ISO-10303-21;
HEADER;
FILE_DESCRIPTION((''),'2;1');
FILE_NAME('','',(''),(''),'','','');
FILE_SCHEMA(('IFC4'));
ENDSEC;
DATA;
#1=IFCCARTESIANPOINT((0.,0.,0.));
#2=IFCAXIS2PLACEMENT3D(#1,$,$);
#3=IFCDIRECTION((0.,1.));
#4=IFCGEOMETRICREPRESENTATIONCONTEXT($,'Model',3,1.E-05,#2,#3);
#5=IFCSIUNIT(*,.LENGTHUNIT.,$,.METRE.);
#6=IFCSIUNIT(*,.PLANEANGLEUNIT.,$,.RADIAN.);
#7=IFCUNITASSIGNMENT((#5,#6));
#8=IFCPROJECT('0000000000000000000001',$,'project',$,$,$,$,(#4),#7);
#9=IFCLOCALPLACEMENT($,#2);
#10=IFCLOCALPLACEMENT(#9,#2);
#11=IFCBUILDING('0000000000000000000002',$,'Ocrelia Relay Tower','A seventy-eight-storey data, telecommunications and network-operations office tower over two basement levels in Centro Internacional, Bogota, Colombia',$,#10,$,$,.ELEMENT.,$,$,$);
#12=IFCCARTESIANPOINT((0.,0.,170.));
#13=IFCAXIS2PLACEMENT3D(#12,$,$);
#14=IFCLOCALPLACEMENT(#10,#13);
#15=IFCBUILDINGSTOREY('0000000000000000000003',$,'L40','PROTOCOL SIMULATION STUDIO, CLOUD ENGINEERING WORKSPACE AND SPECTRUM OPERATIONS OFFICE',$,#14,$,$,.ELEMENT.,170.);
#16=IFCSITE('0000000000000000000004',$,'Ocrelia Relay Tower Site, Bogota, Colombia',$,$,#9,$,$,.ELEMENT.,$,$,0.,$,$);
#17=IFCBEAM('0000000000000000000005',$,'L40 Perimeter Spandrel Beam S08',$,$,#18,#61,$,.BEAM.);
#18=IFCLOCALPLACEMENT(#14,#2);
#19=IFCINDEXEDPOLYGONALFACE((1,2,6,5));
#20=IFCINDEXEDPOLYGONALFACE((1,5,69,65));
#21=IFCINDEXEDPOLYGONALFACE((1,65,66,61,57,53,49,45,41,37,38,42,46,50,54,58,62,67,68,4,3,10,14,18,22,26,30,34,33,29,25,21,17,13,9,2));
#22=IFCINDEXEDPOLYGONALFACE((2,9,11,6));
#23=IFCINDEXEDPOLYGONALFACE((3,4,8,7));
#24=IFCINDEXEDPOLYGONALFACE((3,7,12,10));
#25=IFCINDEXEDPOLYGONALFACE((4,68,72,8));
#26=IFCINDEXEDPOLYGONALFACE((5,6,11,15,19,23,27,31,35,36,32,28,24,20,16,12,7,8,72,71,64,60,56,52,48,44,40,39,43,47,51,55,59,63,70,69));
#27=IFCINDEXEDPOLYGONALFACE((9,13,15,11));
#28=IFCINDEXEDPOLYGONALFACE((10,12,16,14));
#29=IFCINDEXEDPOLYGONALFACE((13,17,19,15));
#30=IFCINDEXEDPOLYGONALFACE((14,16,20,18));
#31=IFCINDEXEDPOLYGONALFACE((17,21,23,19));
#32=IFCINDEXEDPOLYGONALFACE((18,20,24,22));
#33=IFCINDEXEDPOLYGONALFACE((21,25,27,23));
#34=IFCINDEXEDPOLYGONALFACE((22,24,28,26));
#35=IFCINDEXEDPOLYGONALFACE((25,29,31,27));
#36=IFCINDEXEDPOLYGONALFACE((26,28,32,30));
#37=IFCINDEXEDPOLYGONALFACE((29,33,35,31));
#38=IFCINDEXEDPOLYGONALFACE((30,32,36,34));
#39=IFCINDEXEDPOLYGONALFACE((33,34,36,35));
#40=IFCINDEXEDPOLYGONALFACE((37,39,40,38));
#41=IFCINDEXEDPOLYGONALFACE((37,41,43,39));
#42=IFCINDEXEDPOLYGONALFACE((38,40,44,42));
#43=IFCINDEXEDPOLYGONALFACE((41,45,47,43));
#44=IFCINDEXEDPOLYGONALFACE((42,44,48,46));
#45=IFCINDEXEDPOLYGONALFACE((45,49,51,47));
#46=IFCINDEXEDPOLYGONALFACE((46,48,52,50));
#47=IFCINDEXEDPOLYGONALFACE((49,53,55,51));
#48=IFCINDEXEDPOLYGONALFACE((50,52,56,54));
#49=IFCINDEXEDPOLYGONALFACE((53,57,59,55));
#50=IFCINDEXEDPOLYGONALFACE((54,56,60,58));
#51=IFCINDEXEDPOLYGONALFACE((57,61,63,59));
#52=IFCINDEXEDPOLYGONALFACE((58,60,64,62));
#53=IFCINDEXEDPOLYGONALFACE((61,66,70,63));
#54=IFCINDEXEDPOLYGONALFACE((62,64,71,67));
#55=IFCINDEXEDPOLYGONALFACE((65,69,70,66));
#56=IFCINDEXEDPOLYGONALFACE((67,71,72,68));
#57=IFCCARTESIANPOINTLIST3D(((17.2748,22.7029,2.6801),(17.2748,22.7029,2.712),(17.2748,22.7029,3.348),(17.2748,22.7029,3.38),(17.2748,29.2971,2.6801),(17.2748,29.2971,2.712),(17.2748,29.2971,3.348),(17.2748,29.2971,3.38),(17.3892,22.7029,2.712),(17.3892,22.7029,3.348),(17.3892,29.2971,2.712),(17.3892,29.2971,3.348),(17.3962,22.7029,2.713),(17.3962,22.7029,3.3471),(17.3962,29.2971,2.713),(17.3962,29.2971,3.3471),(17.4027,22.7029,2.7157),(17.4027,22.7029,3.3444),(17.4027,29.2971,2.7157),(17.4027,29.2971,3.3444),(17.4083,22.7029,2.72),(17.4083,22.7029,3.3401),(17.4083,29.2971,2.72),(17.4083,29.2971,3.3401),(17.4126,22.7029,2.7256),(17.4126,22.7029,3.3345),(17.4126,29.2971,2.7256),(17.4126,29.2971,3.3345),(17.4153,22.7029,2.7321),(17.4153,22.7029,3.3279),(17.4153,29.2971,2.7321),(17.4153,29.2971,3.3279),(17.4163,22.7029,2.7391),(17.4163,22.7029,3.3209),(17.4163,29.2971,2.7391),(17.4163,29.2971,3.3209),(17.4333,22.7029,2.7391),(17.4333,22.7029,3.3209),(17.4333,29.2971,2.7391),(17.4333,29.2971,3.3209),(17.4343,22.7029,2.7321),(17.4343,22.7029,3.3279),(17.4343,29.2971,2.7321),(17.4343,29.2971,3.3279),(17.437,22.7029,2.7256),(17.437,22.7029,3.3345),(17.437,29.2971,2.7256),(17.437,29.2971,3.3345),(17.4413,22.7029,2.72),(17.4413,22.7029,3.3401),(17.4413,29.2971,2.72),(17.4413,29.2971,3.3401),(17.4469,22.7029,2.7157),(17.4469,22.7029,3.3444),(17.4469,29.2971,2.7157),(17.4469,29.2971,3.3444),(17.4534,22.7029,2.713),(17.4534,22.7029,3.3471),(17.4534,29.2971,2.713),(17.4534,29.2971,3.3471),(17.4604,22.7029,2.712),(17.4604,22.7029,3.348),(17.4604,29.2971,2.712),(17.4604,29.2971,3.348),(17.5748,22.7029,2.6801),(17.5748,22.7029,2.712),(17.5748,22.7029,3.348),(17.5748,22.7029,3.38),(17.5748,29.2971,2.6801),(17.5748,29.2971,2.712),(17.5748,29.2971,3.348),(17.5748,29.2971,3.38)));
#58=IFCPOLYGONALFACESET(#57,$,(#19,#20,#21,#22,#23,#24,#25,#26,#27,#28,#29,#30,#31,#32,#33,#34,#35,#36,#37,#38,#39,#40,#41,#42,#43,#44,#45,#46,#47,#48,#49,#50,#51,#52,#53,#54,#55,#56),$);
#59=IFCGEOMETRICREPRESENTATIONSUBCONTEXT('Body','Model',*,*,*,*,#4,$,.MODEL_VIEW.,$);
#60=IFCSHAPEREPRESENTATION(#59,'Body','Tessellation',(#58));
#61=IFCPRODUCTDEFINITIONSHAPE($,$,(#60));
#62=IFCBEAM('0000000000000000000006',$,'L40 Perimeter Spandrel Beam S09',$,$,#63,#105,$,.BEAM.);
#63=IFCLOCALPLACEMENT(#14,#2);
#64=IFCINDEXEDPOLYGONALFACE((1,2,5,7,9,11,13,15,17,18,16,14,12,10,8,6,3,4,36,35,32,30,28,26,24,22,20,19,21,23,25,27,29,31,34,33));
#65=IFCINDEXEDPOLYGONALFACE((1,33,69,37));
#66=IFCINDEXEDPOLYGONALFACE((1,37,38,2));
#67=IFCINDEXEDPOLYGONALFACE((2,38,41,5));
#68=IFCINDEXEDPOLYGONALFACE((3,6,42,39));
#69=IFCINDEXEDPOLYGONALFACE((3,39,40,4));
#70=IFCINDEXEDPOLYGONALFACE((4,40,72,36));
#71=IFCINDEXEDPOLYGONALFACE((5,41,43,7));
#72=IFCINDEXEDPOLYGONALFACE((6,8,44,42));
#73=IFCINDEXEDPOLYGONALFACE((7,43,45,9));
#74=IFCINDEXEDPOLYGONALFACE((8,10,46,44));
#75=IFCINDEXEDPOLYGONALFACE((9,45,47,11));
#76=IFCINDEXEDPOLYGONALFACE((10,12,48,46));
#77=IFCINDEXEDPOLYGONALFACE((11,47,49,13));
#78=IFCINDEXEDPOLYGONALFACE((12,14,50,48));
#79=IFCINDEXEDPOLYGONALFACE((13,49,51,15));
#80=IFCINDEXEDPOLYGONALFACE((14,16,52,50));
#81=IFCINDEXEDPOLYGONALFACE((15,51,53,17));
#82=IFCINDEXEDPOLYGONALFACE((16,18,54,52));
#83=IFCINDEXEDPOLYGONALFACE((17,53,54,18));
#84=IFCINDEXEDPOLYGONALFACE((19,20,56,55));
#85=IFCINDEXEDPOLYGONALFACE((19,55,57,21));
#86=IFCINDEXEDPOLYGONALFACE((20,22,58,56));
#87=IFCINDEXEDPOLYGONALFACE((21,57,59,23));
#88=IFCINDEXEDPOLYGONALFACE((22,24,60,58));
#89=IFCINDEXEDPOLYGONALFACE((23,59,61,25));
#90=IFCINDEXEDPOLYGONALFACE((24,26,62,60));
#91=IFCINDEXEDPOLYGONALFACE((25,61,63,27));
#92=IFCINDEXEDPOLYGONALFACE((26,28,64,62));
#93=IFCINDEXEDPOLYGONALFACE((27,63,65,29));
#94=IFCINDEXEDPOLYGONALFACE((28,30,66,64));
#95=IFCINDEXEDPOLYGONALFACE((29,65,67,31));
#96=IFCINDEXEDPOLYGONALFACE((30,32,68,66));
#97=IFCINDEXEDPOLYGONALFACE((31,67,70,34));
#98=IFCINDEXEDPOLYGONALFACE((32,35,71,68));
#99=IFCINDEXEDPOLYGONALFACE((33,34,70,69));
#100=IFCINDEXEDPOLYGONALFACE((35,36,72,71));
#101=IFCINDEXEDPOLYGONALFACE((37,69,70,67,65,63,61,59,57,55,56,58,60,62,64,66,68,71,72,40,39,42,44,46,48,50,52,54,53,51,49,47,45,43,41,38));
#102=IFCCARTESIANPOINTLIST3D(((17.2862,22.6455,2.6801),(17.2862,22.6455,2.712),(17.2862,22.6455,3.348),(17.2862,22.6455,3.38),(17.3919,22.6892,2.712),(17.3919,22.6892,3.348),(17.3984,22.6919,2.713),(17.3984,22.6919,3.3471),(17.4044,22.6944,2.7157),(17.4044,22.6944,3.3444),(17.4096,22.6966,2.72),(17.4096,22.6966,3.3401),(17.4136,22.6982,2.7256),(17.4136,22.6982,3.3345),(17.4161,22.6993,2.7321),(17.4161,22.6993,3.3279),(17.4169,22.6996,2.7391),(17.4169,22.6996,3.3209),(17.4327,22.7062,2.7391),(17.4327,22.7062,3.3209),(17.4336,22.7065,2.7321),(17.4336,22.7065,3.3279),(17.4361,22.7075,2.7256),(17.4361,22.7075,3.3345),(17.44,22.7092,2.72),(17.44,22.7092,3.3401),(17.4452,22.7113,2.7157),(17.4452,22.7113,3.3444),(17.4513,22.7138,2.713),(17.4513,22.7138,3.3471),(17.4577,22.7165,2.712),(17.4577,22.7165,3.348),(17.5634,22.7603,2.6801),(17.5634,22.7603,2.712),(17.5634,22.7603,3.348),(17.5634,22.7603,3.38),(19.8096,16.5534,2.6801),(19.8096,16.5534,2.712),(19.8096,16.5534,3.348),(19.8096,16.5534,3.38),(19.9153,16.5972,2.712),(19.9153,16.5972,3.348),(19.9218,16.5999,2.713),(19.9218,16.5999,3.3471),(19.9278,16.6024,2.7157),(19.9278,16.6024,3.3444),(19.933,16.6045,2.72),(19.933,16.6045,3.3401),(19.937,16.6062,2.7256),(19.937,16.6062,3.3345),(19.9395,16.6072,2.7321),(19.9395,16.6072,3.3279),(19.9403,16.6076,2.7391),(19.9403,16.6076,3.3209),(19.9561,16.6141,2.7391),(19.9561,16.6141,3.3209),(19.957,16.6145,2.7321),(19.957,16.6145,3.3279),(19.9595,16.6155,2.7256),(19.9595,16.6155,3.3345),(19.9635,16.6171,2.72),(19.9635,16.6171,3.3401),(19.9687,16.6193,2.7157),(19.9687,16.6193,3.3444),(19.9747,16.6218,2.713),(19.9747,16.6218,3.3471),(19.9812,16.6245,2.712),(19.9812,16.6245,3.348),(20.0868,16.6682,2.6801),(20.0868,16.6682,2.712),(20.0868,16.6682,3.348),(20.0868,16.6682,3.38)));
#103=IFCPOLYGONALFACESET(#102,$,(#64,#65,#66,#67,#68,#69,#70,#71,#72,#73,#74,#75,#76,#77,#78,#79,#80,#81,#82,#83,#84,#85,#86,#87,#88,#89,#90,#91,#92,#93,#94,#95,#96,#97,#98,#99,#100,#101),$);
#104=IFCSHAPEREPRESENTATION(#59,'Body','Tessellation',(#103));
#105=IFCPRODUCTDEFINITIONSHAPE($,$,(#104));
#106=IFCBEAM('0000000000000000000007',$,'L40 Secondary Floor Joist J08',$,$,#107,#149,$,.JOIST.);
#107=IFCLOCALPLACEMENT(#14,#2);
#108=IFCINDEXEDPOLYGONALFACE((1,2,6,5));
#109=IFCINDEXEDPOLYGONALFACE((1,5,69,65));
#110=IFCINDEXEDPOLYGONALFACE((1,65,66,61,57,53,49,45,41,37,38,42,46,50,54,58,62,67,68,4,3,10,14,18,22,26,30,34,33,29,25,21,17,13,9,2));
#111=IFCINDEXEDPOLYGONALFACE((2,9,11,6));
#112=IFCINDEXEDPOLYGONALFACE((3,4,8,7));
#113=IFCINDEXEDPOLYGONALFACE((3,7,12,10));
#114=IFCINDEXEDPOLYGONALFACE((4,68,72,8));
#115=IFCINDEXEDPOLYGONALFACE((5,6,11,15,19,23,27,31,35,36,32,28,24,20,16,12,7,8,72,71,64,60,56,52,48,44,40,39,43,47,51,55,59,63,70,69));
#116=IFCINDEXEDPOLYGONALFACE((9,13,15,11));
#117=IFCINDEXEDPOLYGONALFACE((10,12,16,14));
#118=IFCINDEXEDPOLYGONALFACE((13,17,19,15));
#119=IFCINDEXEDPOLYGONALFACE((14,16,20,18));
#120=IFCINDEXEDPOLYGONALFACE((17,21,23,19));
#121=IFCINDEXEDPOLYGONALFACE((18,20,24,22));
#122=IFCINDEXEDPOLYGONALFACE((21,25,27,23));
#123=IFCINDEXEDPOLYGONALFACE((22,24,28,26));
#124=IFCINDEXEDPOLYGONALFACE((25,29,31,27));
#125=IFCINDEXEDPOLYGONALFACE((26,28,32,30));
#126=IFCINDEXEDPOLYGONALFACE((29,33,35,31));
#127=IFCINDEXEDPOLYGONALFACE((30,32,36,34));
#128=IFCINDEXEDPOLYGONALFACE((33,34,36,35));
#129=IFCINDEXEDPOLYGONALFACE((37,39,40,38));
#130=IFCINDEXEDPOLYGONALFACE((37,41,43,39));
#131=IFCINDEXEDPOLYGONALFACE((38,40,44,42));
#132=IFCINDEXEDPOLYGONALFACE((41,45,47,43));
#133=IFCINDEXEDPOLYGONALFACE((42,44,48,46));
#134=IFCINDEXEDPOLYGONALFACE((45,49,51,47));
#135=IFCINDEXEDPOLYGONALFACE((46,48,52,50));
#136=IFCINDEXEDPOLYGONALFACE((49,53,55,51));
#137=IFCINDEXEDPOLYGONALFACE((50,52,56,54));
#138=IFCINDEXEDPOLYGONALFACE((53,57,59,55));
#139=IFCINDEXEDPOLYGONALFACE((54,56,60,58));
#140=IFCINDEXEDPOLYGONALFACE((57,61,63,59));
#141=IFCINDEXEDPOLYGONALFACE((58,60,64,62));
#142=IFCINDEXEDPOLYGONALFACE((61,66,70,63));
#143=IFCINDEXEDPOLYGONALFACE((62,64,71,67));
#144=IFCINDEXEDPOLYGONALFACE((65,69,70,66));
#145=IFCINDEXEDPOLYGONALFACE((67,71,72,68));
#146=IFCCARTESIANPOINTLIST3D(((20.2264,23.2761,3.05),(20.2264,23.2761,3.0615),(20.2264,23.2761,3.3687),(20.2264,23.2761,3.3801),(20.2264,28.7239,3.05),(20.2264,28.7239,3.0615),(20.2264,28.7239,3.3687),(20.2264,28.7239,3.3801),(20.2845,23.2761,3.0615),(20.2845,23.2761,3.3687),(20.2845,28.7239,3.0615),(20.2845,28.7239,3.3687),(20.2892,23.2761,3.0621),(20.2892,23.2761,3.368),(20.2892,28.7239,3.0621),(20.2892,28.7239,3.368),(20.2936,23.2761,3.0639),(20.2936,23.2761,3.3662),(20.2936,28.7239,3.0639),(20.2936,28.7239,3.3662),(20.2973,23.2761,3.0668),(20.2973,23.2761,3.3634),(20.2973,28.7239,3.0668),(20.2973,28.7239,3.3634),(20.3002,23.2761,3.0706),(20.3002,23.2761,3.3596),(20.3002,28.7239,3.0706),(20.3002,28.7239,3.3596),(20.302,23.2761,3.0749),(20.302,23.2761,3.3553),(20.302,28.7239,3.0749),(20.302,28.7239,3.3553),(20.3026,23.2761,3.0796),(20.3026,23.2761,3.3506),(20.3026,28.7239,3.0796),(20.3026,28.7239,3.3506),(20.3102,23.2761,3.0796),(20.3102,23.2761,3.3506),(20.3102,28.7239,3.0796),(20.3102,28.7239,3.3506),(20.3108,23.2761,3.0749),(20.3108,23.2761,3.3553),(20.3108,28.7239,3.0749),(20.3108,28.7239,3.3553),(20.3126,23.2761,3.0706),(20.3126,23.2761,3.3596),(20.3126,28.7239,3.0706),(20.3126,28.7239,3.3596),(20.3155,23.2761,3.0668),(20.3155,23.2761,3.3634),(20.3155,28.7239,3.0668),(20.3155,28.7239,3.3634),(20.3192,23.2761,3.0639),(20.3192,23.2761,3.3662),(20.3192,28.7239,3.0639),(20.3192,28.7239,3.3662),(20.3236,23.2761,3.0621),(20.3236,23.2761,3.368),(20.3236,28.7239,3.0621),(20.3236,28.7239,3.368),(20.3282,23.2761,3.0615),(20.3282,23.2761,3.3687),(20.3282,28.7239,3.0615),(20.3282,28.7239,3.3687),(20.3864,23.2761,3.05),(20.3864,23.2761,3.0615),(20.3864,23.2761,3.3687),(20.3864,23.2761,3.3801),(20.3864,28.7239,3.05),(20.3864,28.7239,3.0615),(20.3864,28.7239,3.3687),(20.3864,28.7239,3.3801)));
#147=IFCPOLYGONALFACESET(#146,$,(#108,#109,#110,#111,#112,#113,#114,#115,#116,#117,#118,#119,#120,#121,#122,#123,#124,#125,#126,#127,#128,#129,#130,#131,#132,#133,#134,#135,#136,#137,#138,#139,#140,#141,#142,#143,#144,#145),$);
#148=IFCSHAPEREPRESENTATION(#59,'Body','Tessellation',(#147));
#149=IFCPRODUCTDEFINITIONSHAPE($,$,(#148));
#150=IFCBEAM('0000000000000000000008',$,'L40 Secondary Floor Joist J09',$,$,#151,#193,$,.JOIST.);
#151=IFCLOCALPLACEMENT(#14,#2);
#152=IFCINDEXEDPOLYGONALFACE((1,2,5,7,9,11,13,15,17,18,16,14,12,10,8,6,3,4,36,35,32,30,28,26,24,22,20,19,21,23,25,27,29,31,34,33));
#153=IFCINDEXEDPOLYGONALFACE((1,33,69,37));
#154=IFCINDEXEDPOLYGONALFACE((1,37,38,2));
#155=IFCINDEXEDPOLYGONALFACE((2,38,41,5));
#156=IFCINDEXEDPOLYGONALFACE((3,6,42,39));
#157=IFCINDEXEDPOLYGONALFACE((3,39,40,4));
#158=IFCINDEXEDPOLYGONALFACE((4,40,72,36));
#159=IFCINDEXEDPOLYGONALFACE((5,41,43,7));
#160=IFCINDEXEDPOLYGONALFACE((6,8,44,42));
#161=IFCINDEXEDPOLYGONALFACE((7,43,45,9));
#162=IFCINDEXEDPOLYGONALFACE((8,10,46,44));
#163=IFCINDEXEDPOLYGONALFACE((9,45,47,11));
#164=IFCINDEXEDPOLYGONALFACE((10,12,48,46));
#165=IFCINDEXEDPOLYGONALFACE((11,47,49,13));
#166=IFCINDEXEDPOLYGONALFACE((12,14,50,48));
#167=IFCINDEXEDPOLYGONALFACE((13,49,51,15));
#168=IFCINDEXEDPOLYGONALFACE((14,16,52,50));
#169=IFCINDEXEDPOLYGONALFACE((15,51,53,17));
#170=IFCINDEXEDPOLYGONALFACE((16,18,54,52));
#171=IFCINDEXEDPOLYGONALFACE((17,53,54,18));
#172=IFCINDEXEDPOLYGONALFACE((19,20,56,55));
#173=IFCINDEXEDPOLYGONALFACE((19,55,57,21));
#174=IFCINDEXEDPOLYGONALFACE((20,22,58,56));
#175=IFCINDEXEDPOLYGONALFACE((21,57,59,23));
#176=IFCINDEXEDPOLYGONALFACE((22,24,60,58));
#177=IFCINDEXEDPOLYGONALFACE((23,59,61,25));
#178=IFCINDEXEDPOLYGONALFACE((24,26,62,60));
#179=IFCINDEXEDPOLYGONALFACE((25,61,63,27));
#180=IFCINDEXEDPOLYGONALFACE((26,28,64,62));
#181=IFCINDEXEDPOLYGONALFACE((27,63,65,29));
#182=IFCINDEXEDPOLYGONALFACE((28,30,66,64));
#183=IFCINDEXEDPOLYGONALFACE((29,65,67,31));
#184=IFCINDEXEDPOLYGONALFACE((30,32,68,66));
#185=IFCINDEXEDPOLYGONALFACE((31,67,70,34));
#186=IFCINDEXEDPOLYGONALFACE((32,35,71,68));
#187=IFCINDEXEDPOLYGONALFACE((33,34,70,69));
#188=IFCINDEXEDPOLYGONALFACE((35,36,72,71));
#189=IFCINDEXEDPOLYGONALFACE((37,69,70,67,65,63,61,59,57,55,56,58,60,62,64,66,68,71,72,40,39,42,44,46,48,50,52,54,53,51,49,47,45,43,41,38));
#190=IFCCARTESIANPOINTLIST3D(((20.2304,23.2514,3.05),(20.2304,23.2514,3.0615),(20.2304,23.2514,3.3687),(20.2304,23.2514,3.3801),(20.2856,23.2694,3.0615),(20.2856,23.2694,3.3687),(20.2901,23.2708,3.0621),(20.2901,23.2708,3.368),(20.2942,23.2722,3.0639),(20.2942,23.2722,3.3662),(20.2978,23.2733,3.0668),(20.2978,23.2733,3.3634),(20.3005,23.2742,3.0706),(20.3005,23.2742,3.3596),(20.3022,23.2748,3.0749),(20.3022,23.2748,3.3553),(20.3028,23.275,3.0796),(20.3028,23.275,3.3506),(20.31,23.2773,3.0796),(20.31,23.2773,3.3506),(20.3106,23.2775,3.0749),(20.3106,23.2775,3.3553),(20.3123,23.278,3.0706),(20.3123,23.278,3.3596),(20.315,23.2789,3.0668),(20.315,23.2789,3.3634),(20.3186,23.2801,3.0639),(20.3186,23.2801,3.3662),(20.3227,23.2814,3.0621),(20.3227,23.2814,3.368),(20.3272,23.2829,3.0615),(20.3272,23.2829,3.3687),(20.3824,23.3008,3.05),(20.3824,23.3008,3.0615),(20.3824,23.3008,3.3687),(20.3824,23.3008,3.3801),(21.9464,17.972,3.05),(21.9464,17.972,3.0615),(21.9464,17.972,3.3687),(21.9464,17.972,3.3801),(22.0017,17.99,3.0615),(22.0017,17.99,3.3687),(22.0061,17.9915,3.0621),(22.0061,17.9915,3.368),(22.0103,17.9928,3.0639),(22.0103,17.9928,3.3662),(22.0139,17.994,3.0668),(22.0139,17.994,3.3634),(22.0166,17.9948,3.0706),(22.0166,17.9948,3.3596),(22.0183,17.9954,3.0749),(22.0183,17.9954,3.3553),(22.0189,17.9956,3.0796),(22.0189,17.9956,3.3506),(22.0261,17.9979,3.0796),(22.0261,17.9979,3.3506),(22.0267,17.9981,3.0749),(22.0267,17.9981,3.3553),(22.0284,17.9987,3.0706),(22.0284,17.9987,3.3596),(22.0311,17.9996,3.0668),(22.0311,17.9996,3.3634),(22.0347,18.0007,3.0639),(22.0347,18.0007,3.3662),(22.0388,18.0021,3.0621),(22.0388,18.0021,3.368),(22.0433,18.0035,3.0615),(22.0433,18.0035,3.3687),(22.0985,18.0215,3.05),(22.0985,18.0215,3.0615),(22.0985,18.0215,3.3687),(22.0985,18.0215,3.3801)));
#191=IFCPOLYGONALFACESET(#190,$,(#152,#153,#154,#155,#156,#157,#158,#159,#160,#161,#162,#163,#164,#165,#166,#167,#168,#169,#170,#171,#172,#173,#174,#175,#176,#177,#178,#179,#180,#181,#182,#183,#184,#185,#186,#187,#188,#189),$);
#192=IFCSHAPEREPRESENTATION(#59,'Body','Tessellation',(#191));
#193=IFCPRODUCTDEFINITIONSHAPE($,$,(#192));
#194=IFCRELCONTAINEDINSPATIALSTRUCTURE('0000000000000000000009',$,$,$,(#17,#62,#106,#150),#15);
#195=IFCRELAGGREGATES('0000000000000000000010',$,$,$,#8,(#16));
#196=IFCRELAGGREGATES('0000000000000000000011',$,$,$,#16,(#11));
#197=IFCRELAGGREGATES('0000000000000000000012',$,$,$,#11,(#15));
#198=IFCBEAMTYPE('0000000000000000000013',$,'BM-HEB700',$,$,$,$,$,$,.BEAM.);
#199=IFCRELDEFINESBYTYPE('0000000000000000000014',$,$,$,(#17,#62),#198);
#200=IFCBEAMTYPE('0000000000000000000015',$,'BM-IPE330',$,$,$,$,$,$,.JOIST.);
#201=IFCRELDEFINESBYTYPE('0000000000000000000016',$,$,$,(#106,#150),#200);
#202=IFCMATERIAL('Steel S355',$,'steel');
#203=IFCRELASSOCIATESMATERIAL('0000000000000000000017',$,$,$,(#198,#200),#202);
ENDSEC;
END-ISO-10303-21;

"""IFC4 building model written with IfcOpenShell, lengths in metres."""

from ifc_helpers import new_model, si_unit, direction, frame, origin, origin_2d, place, context, subcontext, project, spatial, i_section, extrude, material, material_profile, profile_set, type_object, element, save


model = new_model("IFC4")

# Units and contexts
model_context = context("Model", 3, precision=1e-05, world=origin(), true_north=direction((0.0, 1.0)))
body_context = subcontext(model_context, "Body", "Model", "MODEL_VIEW")
ifc_project = project(units=[si_unit("LENGTHUNIT", "METRE"), si_unit("PLANEANGLEUNIT", "RADIAN")], contexts=[model_context])

# Site, building, storey
site_placement = place(None, origin())
site = spatial("IfcSite", under=ifc_project, at=site_placement, Name="Ocrelia Relay Tower Site, Bogota, Colombia", CompositionType="ELEMENT", RefElevation=0.0)
building_placement = place(site_placement, origin())
building = spatial("IfcBuilding", under=site, at=building_placement, Name="Ocrelia Relay Tower", Description="A seventy-eight-storey data, telecommunications and network-operations office tower over two basement levels in Centro Internacional, Bogota, Colombia", CompositionType="ELEMENT")
storey_placement = place(building_placement, frame((0.0, 0.0, 170.0)))
storey = spatial("IfcBuildingStorey", under=building, at=storey_placement, Name="L40", Description="PROTOCOL SIMULATION STUDIO, CLOUD ENGINEERING WORKSPACE AND SPECTRUM OPERATIONS OFFICE", CompositionType="ELEMENT", Elevation=170.0)

# Beams
ifc_material_1 = material(Name="Steel S355", Category="steel")
ifc_material_profile_1 = material_profile(ifc_material_1, i_section(OverallWidth=0.3, OverallDepth=0.7, WebThickness=0.0171, FlangeThickness=0.032, FilletRadius=0.0271, at=origin_2d()), Name="HEB 700")
ifc_profile_set_1 = profile_set([ifc_material_profile_1], Name="Steel S355")
beam_type_1 = type_object("IfcBeamType", Name="BM-HEB700", PredefinedType="BEAM", material=ifc_profile_set_1)
beam_1_placement = place(storey_placement, frame((17.4248, 29.2971, 3.03), z_axis=(0.0, -1.0, 0.0), x_axis=(1.0, 0.0, 0.0)))
element("IfcBeam", 1, at=beam_1_placement, inside=storey, type_object=beam_type_1, Name="L40 Perimeter Spandrel Beam S08", PredefinedType="BEAM", context=body_context, shape_type="SweptSolid", body=[
    extrude(i_section(OverallWidth=0.3, OverallDepth=0.7, WebThickness=0.0171, FlangeThickness=0.032, FilletRadius=0.0271, at=origin_2d()), origin(), (0.0, 0.0, 1.0), 6.5942),
])
beam_2_placement = place(storey_placement, frame((17.4248, 22.7029, 3.03), z_axis=(0.382688, -0.923878, 0.0), x_axis=(0.923878, 0.382688, 0.0)))
element("IfcBeam", 2, at=beam_2_placement, inside=storey, type_object=beam_type_1, Name="L40 Perimeter Spandrel Beam S09", PredefinedType="BEAM", context=body_context, shape_type="SweptSolid", body=[
    extrude(i_section(OverallWidth=0.3, OverallDepth=0.7, WebThickness=0.0171, FlangeThickness=0.032, FilletRadius=0.0271, at=origin_2d()), origin(), (0.0, 0.0, 1.0), 6.594),
])
ifc_material_profile_2 = material_profile(ifc_material_1, i_section(OverallWidth=0.1599, OverallDepth=0.3301, WebThickness=0.0076, FlangeThickness=0.0115, FilletRadius=0.0181, at=origin_2d()), Name="IPE 330")
ifc_profile_set_2 = profile_set([ifc_material_profile_2], Name="Steel S355")
beam_type_2 = type_object("IfcBeamType", Name="BM-IPE330", PredefinedType="JOIST", material=ifc_profile_set_2)
beam_3_placement = place(storey_placement, frame((20.3064, 28.7239, 3.2151), z_axis=(0.0, -1.0, 0.0), x_axis=(1.0, 0.0, 0.0)))
element("IfcBeam", 3, at=beam_3_placement, inside=storey, type_object=beam_type_2, Name="L40 Secondary Floor Joist J08", PredefinedType="JOIST", context=body_context, shape_type="SweptSolid", body=[
    extrude(i_section(OverallWidth=0.1599, OverallDepth=0.3301, WebThickness=0.0076, FlangeThickness=0.0115, FilletRadius=0.0181, at=origin_2d()), origin(), (0.0, 0.0, 1.0), 5.4478),
])
beam_4_placement = place(storey_placement, frame((20.3064, 23.2761, 3.2151), z_axis=(0.309134, -0.951019, 0.0), x_axis=(0.951019, 0.309134, 0.0)))
element("IfcBeam", 4, at=beam_4_placement, inside=storey, type_object=beam_type_2, Name="L40 Secondary Floor Joist J09", PredefinedType="JOIST", context=body_context, shape_type="SweptSolid", body=[
    extrude(i_section(OverallWidth=0.1599, OverallDepth=0.3301, WebThickness=0.0076, FlangeThickness=0.0115, FilletRadius=0.0181, at=origin_2d()), origin(), (0.0, 0.0, 1.0), 5.5513),
])

save(model, "model.ifc")
